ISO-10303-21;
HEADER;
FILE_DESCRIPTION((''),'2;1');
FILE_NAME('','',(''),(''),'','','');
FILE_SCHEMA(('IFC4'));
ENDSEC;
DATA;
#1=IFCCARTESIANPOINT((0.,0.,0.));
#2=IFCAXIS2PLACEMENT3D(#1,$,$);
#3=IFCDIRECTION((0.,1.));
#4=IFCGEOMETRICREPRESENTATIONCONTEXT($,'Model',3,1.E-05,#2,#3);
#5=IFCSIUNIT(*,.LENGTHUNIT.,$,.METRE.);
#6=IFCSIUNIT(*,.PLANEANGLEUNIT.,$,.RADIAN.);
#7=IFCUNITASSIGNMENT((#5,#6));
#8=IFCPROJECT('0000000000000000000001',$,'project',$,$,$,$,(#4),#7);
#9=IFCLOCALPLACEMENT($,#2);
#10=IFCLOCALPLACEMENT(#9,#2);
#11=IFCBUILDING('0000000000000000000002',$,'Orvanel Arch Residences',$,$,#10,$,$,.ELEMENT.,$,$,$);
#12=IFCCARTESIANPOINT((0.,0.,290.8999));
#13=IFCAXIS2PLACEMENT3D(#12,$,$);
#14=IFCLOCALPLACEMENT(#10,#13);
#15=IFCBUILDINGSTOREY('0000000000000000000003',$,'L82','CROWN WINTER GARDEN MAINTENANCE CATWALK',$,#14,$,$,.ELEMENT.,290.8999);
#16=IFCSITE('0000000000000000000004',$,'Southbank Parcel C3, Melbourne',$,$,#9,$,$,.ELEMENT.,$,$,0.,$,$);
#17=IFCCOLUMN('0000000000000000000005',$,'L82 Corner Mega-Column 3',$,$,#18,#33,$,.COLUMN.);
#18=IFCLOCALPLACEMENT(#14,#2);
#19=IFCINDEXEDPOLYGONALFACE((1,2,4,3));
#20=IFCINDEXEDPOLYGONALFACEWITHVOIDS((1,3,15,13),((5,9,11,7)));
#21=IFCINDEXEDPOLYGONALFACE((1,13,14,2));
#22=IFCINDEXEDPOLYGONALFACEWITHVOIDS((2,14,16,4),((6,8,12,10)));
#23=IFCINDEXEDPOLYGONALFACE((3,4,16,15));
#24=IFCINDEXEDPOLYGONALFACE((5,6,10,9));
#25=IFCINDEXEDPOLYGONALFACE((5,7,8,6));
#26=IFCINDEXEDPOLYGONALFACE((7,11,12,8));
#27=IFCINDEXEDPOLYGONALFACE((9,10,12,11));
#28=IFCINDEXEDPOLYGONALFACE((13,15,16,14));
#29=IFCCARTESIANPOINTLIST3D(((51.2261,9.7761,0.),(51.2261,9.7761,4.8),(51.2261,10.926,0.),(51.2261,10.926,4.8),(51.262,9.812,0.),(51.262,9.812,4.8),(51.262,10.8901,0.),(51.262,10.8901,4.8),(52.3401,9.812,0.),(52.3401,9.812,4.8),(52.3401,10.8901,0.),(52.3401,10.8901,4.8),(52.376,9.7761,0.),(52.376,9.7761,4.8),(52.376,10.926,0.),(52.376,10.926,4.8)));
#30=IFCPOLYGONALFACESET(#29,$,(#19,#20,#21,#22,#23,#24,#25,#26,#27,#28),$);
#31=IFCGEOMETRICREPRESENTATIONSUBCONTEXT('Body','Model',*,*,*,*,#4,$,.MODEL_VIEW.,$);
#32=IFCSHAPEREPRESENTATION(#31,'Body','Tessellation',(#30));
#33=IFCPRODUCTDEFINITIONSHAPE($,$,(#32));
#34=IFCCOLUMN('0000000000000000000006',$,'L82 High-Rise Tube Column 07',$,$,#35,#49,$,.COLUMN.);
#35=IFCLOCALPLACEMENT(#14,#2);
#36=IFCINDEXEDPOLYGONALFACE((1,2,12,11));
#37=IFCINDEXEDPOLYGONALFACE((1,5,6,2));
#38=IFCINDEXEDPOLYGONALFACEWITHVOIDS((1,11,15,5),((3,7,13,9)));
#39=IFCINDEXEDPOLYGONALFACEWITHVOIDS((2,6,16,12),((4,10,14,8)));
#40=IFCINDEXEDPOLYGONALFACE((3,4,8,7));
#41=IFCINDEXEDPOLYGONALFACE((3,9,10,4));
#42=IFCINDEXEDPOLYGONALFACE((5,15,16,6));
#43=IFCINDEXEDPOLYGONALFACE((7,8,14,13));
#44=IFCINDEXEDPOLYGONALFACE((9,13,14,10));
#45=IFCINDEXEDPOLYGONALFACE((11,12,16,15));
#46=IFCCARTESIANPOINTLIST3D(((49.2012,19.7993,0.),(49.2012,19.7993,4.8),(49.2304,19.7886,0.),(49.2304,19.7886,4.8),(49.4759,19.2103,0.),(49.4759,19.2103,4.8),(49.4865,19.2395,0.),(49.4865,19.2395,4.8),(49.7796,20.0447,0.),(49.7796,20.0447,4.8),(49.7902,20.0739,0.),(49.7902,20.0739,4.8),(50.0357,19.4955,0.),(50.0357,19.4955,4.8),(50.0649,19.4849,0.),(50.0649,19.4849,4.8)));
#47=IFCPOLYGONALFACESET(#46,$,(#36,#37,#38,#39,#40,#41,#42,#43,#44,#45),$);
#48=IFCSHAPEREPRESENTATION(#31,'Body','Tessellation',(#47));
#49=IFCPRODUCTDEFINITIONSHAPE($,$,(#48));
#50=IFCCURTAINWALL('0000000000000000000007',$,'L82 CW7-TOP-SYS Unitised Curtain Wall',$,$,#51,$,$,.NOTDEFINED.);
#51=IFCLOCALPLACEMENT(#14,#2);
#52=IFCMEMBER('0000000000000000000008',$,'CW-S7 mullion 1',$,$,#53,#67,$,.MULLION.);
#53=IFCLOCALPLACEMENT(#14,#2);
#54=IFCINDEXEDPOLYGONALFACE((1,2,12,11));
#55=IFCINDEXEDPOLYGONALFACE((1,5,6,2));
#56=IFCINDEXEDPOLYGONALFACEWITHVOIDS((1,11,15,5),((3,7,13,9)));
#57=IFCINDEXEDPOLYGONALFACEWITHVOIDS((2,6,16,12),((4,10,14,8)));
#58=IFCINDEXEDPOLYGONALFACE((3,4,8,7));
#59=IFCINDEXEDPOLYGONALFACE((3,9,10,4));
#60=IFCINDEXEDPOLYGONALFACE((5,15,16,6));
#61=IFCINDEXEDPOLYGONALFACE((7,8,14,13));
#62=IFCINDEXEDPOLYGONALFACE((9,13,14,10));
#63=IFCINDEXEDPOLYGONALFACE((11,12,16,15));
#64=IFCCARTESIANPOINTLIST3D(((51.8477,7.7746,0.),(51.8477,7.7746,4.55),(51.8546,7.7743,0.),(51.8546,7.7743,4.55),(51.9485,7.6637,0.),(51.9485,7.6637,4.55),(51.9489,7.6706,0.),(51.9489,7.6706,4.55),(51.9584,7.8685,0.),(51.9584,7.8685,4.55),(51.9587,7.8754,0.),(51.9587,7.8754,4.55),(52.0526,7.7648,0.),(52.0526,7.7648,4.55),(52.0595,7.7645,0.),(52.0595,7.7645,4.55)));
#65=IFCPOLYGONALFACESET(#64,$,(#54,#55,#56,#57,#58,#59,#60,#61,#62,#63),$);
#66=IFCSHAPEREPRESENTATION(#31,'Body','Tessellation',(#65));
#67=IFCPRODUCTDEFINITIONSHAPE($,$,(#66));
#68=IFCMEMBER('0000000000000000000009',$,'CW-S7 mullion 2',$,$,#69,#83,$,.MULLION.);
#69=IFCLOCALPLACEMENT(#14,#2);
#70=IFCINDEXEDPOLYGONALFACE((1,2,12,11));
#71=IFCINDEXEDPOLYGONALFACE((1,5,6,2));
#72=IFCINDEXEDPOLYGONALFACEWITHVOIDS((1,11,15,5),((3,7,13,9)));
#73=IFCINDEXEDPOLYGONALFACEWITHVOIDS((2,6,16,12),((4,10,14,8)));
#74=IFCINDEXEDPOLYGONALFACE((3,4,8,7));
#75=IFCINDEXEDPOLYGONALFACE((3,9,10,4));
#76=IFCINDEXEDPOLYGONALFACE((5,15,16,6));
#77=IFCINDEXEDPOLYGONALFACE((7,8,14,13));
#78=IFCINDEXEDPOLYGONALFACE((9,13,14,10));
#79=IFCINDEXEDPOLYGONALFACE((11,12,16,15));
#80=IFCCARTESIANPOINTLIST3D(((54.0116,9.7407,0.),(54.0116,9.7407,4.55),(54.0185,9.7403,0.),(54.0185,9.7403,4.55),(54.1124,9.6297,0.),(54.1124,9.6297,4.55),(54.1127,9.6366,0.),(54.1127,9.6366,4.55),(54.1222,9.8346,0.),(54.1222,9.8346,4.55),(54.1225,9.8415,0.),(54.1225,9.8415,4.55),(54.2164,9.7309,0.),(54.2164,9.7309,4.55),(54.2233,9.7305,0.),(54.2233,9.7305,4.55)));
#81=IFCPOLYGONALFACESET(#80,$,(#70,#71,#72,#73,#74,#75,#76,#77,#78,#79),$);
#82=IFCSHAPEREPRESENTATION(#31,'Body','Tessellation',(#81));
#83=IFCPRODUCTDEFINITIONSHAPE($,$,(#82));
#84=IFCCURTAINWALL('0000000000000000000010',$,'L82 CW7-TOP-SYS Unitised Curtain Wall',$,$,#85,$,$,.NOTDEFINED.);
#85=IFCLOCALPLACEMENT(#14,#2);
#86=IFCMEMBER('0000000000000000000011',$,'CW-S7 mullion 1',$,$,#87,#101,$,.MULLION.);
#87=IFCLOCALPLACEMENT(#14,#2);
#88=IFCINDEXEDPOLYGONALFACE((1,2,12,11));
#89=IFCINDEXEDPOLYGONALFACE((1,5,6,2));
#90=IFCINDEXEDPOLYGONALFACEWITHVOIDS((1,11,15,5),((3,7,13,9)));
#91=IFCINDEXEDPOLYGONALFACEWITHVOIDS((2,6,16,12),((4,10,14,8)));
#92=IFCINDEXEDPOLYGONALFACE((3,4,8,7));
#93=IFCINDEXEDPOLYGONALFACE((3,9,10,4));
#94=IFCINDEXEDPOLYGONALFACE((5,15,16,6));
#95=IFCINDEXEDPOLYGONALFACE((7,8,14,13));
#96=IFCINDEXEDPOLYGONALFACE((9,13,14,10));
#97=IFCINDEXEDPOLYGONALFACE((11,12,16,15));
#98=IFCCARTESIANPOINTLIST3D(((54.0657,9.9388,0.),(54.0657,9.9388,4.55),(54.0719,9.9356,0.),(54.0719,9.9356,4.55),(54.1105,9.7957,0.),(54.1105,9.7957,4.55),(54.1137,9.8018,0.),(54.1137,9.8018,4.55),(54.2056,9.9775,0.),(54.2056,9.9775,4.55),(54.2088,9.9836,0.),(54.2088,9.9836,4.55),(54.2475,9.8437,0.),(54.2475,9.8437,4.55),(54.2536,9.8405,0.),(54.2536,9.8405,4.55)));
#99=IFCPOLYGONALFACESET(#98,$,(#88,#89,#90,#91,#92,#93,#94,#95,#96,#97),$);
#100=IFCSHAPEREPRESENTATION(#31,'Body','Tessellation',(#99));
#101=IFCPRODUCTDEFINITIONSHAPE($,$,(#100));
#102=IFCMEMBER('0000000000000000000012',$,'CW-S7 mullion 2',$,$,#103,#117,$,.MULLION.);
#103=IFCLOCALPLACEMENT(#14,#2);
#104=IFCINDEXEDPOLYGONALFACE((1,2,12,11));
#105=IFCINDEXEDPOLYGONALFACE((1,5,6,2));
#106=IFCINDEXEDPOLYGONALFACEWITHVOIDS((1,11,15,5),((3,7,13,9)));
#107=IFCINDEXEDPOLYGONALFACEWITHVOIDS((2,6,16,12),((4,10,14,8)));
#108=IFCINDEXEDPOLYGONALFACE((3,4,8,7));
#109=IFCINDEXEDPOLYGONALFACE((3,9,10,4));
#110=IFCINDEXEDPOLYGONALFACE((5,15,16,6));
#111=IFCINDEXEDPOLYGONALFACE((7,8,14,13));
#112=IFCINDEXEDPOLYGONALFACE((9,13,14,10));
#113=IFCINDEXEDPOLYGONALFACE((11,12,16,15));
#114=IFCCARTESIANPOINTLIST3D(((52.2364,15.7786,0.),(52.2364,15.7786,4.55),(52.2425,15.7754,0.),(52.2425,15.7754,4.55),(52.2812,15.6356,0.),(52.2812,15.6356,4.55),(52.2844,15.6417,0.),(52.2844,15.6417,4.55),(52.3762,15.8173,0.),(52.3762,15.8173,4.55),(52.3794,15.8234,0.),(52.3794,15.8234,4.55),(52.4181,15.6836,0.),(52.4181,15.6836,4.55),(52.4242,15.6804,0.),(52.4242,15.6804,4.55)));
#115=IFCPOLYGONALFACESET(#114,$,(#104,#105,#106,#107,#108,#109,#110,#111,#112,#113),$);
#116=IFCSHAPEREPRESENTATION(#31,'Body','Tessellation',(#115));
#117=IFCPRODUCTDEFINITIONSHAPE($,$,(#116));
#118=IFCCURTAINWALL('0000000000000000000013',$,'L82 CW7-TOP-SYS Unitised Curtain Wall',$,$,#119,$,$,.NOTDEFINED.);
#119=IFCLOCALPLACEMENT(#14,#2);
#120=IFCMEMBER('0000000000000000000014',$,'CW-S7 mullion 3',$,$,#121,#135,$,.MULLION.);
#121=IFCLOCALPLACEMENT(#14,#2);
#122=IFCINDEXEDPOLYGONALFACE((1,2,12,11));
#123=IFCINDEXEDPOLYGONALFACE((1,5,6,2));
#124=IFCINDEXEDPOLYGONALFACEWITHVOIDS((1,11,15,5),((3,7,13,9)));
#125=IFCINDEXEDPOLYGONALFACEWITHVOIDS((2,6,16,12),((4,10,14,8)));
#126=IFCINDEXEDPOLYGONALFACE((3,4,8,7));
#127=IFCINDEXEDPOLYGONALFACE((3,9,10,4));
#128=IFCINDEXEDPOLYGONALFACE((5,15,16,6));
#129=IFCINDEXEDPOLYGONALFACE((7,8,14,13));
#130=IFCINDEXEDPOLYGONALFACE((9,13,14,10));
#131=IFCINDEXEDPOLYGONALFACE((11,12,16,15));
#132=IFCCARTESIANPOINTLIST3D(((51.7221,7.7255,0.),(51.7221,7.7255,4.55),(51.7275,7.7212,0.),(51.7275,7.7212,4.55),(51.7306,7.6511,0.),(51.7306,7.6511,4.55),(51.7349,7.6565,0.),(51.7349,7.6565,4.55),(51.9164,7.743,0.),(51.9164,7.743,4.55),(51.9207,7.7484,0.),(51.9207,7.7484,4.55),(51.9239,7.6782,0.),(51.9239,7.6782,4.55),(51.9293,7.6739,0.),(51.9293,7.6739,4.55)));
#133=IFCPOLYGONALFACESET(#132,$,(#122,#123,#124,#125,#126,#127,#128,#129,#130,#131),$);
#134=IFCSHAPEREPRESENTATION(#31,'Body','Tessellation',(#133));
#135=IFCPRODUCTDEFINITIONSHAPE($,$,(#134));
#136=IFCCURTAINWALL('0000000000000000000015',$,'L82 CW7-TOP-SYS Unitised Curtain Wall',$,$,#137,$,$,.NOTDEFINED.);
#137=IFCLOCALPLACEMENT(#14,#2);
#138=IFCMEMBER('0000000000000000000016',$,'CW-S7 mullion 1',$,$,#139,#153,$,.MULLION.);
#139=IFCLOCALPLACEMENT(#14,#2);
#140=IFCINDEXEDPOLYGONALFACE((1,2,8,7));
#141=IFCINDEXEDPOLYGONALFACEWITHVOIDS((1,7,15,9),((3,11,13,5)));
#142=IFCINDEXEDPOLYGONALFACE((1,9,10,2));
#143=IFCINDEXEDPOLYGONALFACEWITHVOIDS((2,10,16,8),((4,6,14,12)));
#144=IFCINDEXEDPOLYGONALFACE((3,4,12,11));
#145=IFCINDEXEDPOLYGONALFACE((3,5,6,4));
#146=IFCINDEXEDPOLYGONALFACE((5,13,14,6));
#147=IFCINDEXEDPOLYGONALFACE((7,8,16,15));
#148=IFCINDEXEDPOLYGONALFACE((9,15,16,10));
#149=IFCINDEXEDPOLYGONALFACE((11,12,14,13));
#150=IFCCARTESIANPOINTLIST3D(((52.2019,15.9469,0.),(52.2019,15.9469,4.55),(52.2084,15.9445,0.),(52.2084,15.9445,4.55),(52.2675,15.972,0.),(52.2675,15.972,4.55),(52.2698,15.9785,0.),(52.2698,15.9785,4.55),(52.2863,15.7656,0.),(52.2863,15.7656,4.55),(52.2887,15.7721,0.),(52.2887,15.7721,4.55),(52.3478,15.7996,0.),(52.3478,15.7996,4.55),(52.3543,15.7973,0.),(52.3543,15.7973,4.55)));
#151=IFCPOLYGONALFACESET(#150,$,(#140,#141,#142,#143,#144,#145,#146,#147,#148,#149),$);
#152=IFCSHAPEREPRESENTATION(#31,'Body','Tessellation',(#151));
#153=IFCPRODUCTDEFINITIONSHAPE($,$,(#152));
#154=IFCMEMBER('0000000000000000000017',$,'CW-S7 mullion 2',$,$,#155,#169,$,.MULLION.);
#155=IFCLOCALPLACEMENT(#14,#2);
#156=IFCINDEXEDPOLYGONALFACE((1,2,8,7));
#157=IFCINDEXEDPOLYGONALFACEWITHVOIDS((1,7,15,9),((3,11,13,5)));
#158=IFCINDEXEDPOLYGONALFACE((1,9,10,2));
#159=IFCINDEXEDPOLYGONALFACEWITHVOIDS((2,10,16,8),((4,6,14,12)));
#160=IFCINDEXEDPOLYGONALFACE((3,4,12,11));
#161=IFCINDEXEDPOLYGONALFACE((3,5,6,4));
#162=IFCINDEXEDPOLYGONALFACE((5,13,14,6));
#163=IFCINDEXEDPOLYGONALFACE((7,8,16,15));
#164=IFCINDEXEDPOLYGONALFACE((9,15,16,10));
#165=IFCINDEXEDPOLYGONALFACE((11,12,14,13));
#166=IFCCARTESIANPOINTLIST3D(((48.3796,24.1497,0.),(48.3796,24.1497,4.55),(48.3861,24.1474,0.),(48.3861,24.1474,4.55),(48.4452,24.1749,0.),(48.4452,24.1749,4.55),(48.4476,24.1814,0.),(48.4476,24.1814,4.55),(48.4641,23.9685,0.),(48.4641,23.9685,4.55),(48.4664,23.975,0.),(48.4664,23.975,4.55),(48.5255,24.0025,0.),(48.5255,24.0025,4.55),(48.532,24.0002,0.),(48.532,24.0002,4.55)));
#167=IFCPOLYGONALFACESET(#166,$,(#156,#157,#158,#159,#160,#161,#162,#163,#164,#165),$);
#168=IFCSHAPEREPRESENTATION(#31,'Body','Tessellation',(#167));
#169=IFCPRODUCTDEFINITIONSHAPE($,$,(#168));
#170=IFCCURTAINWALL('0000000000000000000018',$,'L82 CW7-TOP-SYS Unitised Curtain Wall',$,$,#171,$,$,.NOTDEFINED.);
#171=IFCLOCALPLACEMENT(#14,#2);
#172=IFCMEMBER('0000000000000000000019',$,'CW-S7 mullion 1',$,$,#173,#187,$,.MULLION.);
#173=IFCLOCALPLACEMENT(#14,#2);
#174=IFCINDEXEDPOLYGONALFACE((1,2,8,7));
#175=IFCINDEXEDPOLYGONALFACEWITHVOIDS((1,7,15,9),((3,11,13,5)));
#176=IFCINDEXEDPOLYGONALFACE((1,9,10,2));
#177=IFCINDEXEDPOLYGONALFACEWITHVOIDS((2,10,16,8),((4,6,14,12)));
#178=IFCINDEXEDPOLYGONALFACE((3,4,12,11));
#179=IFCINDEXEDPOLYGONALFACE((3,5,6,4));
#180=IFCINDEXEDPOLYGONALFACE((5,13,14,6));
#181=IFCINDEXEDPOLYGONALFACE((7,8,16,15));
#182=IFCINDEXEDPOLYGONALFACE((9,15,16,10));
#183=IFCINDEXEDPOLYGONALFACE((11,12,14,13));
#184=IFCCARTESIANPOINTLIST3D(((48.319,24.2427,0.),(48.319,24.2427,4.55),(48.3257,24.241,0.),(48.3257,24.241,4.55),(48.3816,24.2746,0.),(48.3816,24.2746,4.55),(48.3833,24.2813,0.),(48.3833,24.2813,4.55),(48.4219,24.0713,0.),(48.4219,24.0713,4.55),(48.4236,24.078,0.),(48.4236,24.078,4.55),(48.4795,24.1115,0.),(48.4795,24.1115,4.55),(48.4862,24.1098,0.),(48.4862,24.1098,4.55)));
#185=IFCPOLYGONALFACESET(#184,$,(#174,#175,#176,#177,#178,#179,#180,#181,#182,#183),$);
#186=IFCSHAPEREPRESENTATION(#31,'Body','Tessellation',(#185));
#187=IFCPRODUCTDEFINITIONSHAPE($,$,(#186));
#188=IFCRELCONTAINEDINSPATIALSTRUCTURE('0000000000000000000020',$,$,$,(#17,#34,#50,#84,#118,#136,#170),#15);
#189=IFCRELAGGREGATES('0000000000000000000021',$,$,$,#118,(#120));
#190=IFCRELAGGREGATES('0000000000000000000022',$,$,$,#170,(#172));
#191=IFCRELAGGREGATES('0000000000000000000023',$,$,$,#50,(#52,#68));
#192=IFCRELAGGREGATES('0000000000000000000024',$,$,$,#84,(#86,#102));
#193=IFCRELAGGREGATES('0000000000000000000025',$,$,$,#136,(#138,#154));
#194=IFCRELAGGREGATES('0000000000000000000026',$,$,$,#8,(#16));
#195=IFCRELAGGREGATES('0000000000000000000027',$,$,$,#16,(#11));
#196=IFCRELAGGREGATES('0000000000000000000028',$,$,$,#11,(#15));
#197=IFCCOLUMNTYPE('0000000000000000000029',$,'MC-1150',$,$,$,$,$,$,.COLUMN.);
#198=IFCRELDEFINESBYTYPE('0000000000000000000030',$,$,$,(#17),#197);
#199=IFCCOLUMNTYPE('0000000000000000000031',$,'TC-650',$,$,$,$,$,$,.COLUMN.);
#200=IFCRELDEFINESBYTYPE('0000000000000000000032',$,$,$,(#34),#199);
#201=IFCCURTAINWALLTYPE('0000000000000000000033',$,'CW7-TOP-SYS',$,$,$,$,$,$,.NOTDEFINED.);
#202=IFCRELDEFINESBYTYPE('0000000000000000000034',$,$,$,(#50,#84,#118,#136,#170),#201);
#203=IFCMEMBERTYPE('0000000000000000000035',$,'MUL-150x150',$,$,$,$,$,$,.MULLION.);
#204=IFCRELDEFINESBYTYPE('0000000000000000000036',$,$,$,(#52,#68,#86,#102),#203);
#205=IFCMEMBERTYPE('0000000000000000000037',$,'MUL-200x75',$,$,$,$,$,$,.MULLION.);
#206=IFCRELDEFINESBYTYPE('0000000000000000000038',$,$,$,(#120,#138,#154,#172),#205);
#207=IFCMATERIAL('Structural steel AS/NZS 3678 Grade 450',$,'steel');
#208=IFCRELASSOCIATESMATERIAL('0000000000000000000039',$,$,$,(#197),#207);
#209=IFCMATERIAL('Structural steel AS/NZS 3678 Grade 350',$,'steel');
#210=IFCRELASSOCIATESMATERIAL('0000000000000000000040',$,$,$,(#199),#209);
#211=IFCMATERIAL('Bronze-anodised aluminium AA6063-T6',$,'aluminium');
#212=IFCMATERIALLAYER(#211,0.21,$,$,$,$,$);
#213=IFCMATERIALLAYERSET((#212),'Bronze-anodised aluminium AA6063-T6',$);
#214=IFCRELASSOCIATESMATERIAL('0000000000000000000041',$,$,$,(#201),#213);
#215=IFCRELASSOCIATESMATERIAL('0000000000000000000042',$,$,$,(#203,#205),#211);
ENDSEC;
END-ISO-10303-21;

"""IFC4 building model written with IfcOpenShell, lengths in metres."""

from ifc_helpers import new_model, si_unit, direction, frame, origin, origin_2d, place, context, subcontext, project, spatial, hollow_rectangle, extrude, material, layer, layer_set, material_profile, profile_set, type_object, element, aggregate, save


model = new_model("IFC4")

# Units and contexts
model_context = context("Model", 3, precision=1e-05, world=origin(), true_north=direction((0.0, 1.0)))
body_context = subcontext(model_context, "Body", "Model", "MODEL_VIEW")
ifc_project = project(units=[si_unit("LENGTHUNIT", "METRE"), si_unit("PLANEANGLEUNIT", "RADIAN")], contexts=[model_context])

# Site, building, storey
site_placement = place(None, origin())
site = spatial("IfcSite", under=ifc_project, at=site_placement, Name="Southbank Parcel C3, Melbourne", CompositionType="ELEMENT", RefElevation=0.0)
building_placement = place(site_placement, origin())
building = spatial("IfcBuilding", under=site, at=building_placement, Name="Orvanel Arch Residences", CompositionType="ELEMENT")
storey_placement = place(building_placement, frame((0.0, 0.0, 290.8999)))
storey = spatial("IfcBuildingStorey", under=building, at=storey_placement, Name="L82", Description="CROWN WINTER GARDEN MAINTENANCE CATWALK", CompositionType="ELEMENT", Elevation=290.8999)

# Columns
ifc_material_1 = material(Name="Structural steel AS/NZS 3678 Grade 450", Category="steel")
ifc_material_profile_1 = material_profile(ifc_material_1, hollow_rectangle(XDim=1.1499, YDim=1.1499, WallThickness=0.0359, at=origin_2d()), Name="BOX1150x1150x36")
ifc_profile_set_1 = profile_set([ifc_material_profile_1], Name="Structural steel AS/NZS 3678 Grade 450")
column_type_1 = type_object("IfcColumnType", Name="MC-1150", PredefinedType="COLUMN", material=ifc_profile_set_1)
column_1_placement = place(storey_placement, frame((51.801, 10.3511, 0.0), z_axis=(0.0, 0.0, 1.0), x_axis=(1.0, 0.0, 0.0)))
element("IfcColumn", 1, at=column_1_placement, inside=storey, type_object=column_type_1, Name="L82 Corner Mega-Column 3", PredefinedType="COLUMN", context=body_context, shape_type="SweptSolid", body=[
    extrude(hollow_rectangle(XDim=1.1499, YDim=1.1499, WallThickness=0.0359, at=origin_2d()), origin(), (0.0, 0.0, 1.0), 4.8),
])
ifc_material_2 = material(Name="Structural steel AS/NZS 3678 Grade 350", Category="steel")
ifc_material_profile_2 = material_profile(ifc_material_2, hollow_rectangle(XDim=0.6499, YDim=0.6499, WallThickness=0.022, at=origin_2d()), Name="BOX650x650x22")
ifc_profile_set_2 = profile_set([ifc_material_profile_2], Name="Structural steel AS/NZS 3678 Grade 350")
column_type_2 = type_object("IfcColumnType", Name="TC-650", PredefinedType="COLUMN", material=ifc_profile_set_2)
column_2_placement = place(storey_placement, frame((49.6331, 19.6421, 0.0), z_axis=(0.0, 0.0, 1.0), x_axis=(-0.422618, 0.906308, 0.0)))
element("IfcColumn", 2, at=column_2_placement, inside=storey, type_object=column_type_2, Name="L82 High-Rise Tube Column 07", PredefinedType="COLUMN", context=body_context, shape_type="SweptSolid", body=[
    extrude(hollow_rectangle(XDim=0.6499, YDim=0.6499, WallThickness=0.022, at=origin_2d()), origin(), (0.0, 0.0, 1.0), 4.8),
])

# Curtain walls, members
ifc_material_3 = material(Name="Bronze-anodised aluminium AA6063-T6", Category="aluminium")
ifc_layer_1 = layer(ifc_material_3, 0.21)
ifc_layer_set_1 = layer_set([ifc_layer_1], Name="Bronze-anodised aluminium AA6063-T6")
curtain_wall_type = type_object("IfcCurtainWallType", Name="CW7-TOP-SYS", PredefinedType="NOTDEFINED", material=ifc_layer_set_1)
curtain_wall_1_placement = place(storey_placement, origin())
curtain_wall_1 = element("IfcCurtainWall", 3, at=curtain_wall_1_placement, inside=storey, type_object=curtain_wall_type, Name="L82 CW7-TOP-SYS Unitised Curtain Wall", PredefinedType="NOTDEFINED")
ifc_material_profile_3 = material_profile(ifc_material_3, hollow_rectangle(XDim=0.1499, YDim=0.1499, WallThickness=0.0049, at=origin_2d()), Name="ALU150x150x5")
ifc_profile_set_3 = profile_set([ifc_material_profile_3], Name="Bronze-anodised aluminium AA6063-T6")
member_type_1 = type_object("IfcMemberType", Name="MUL-150x150", PredefinedType="MULLION", material=ifc_profile_set_3)
member_1_placement = place(storey_placement, frame((51.9536, 7.7695, 0.0), z_axis=(0.0, 0.0, 1.0), x_axis=(-0.672462, 0.740131, 0.0)))
member_1 = element("IfcMember", 4, at=member_1_placement, type_object=member_type_1, Name="CW-S7 mullion 1", PredefinedType="MULLION", context=body_context, shape_type="SweptSolid", body=[
    extrude(hollow_rectangle(XDim=0.1499, YDim=0.1499, WallThickness=0.0049, at=origin_2d()), origin(), (0.0, 0.0, 1.0), 4.55),
])
member_2_placement = place(storey_placement, frame((54.1174, 9.7356, 0.0), z_axis=(0.0, 0.0, 1.0), x_axis=(-0.672462, 0.740131, 0.0)))
member_2 = element("IfcMember", 5, at=member_2_placement, type_object=member_type_1, Name="CW-S7 mullion 2", PredefinedType="MULLION", context=body_context, shape_type="SweptSolid", body=[
    extrude(hollow_rectangle(XDim=0.1499, YDim=0.1499, WallThickness=0.0049, at=origin_2d()), origin(), (0.0, 0.0, 1.0), 4.55),
])
curtain_wall_2_placement = place(storey_placement, origin())
curtain_wall_2 = element("IfcCurtainWall", 6, at=curtain_wall_2_placement, inside=storey, type_object=curtain_wall_type, Name="L82 CW7-TOP-SYS Unitised Curtain Wall", PredefinedType="NOTDEFINED")
member_3_placement = place(storey_placement, frame((54.1597, 9.8896, 0.0), z_axis=(0.0, 0.0, 1.0), x_axis=(-0.954284, -0.298902, 0.0)))
member_3 = element("IfcMember", 7, at=member_3_placement, type_object=member_type_1, Name="CW-S7 mullion 1", PredefinedType="MULLION", context=body_context, shape_type="SweptSolid", body=[
    extrude(hollow_rectangle(XDim=0.1499, YDim=0.1499, WallThickness=0.0049, at=origin_2d()), origin(), (0.0, 0.0, 1.0), 4.55),
])
member_4_placement = place(storey_placement, frame((52.3303, 15.7295, 0.0), z_axis=(0.0, 0.0, 1.0), x_axis=(-0.954284, -0.298902, 0.0)))
member_4 = element("IfcMember", 8, at=member_4_placement, type_object=member_type_1, Name="CW-S7 mullion 2", PredefinedType="MULLION", context=body_context, shape_type="SweptSolid", body=[
    extrude(hollow_rectangle(XDim=0.1499, YDim=0.1499, WallThickness=0.0049, at=origin_2d()), origin(), (0.0, 0.0, 1.0), 4.55),
])

# Curtain wall, member
curtain_wall_3_placement = place(storey_placement, origin())
curtain_wall_3 = element("IfcCurtainWall", 9, at=curtain_wall_3_placement, inside=storey, type_object=curtain_wall_type, Name="L82 CW7-TOP-SYS Unitised Curtain Wall", PredefinedType="NOTDEFINED")
ifc_material_profile_4 = material_profile(ifc_material_3, hollow_rectangle(XDim=0.075, YDim=0.2, WallThickness=0.0049, at=origin_2d()), Name="ALU200x75x5")
ifc_profile_set_4 = profile_set([ifc_material_profile_4], Name="Bronze-anodised aluminium AA6063-T6")
member_type_2 = type_object("IfcMemberType", Name="MUL-200x75", PredefinedType="MULLION", material=ifc_profile_set_4)
member_5_placement = place(storey_placement, frame((51.8257, 7.6997, 0.0), z_axis=(0.0, 0.0, 1.0), x_axis=(-0.114245, 0.993453, 0.0)))
member_5 = element("IfcMember", 10, at=member_5_placement, type_object=member_type_2, Name="CW-S7 mullion 3", PredefinedType="MULLION", context=body_context, shape_type="SweptSolid", body=[
    extrude(hollow_rectangle(XDim=0.075, YDim=0.2, WallThickness=0.0049, at=origin_2d()), origin(), (0.0, 0.0, 1.0), 4.55),
])
aggregate(curtain_wall_3, [member_5])

# Curtain wall, members
curtain_wall_4_placement = place(storey_placement, origin())
curtain_wall_4 = element("IfcCurtainWall", 11, at=curtain_wall_4_placement, inside=storey, type_object=curtain_wall_type, Name="L82 CW7-TOP-SYS Unitised Curtain Wall", PredefinedType="NOTDEFINED")
member_6_placement = place(storey_placement, frame((52.2781, 15.8721, 0.0), z_axis=(0.0, 0.0, 1.0), x_axis=(-0.906427, -0.422363, 0.0)))
member_6 = element("IfcMember", 12, at=member_6_placement, type_object=member_type_2, Name="CW-S7 mullion 1", PredefinedType="MULLION", context=body_context, shape_type="SweptSolid", body=[
    extrude(hollow_rectangle(XDim=0.075, YDim=0.2, WallThickness=0.0049, at=origin_2d()), origin(), (0.0, 0.0, 1.0), 4.55),
])
member_7_placement = place(storey_placement, frame((48.4558, 24.075, 0.0), z_axis=(0.0, 0.0, 1.0), x_axis=(-0.906427, -0.422363, 0.0)))
member_7 = element("IfcMember", 13, at=member_7_placement, type_object=member_type_2, Name="CW-S7 mullion 2", PredefinedType="MULLION", context=body_context, shape_type="SweptSolid", body=[
    extrude(hollow_rectangle(XDim=0.075, YDim=0.2, WallThickness=0.0049, at=origin_2d()), origin(), (0.0, 0.0, 1.0), 4.55),
])

# Curtain wall, member
curtain_wall_5_placement = place(storey_placement, origin())
curtain_wall_5 = element("IfcCurtainWall", 14, at=curtain_wall_5_placement, inside=storey, type_object=curtain_wall_type, Name="L82 CW7-TOP-SYS Unitised Curtain Wall", PredefinedType="NOTDEFINED")
member_8_placement = place(storey_placement, frame((48.4026, 24.1763, 0.0), z_axis=(0.0, 0.0, 1.0), x_axis=(-0.857522, -0.514447, 0.0)))
member_8 = element("IfcMember", 15, at=member_8_placement, type_object=member_type_2, Name="CW-S7 mullion 1", PredefinedType="MULLION", context=body_context, shape_type="SweptSolid", body=[
    extrude(hollow_rectangle(XDim=0.075, YDim=0.2, WallThickness=0.0049, at=origin_2d()), origin(), (0.0, 0.0, 1.0), 4.55),
])

aggregate(curtain_wall_5, [member_8])

aggregate(curtain_wall_1, [member_1, member_2])
aggregate(curtain_wall_2, [member_3, member_4])
aggregate(curtain_wall_4, [member_6, member_7])

save(model, "model.ifc")
